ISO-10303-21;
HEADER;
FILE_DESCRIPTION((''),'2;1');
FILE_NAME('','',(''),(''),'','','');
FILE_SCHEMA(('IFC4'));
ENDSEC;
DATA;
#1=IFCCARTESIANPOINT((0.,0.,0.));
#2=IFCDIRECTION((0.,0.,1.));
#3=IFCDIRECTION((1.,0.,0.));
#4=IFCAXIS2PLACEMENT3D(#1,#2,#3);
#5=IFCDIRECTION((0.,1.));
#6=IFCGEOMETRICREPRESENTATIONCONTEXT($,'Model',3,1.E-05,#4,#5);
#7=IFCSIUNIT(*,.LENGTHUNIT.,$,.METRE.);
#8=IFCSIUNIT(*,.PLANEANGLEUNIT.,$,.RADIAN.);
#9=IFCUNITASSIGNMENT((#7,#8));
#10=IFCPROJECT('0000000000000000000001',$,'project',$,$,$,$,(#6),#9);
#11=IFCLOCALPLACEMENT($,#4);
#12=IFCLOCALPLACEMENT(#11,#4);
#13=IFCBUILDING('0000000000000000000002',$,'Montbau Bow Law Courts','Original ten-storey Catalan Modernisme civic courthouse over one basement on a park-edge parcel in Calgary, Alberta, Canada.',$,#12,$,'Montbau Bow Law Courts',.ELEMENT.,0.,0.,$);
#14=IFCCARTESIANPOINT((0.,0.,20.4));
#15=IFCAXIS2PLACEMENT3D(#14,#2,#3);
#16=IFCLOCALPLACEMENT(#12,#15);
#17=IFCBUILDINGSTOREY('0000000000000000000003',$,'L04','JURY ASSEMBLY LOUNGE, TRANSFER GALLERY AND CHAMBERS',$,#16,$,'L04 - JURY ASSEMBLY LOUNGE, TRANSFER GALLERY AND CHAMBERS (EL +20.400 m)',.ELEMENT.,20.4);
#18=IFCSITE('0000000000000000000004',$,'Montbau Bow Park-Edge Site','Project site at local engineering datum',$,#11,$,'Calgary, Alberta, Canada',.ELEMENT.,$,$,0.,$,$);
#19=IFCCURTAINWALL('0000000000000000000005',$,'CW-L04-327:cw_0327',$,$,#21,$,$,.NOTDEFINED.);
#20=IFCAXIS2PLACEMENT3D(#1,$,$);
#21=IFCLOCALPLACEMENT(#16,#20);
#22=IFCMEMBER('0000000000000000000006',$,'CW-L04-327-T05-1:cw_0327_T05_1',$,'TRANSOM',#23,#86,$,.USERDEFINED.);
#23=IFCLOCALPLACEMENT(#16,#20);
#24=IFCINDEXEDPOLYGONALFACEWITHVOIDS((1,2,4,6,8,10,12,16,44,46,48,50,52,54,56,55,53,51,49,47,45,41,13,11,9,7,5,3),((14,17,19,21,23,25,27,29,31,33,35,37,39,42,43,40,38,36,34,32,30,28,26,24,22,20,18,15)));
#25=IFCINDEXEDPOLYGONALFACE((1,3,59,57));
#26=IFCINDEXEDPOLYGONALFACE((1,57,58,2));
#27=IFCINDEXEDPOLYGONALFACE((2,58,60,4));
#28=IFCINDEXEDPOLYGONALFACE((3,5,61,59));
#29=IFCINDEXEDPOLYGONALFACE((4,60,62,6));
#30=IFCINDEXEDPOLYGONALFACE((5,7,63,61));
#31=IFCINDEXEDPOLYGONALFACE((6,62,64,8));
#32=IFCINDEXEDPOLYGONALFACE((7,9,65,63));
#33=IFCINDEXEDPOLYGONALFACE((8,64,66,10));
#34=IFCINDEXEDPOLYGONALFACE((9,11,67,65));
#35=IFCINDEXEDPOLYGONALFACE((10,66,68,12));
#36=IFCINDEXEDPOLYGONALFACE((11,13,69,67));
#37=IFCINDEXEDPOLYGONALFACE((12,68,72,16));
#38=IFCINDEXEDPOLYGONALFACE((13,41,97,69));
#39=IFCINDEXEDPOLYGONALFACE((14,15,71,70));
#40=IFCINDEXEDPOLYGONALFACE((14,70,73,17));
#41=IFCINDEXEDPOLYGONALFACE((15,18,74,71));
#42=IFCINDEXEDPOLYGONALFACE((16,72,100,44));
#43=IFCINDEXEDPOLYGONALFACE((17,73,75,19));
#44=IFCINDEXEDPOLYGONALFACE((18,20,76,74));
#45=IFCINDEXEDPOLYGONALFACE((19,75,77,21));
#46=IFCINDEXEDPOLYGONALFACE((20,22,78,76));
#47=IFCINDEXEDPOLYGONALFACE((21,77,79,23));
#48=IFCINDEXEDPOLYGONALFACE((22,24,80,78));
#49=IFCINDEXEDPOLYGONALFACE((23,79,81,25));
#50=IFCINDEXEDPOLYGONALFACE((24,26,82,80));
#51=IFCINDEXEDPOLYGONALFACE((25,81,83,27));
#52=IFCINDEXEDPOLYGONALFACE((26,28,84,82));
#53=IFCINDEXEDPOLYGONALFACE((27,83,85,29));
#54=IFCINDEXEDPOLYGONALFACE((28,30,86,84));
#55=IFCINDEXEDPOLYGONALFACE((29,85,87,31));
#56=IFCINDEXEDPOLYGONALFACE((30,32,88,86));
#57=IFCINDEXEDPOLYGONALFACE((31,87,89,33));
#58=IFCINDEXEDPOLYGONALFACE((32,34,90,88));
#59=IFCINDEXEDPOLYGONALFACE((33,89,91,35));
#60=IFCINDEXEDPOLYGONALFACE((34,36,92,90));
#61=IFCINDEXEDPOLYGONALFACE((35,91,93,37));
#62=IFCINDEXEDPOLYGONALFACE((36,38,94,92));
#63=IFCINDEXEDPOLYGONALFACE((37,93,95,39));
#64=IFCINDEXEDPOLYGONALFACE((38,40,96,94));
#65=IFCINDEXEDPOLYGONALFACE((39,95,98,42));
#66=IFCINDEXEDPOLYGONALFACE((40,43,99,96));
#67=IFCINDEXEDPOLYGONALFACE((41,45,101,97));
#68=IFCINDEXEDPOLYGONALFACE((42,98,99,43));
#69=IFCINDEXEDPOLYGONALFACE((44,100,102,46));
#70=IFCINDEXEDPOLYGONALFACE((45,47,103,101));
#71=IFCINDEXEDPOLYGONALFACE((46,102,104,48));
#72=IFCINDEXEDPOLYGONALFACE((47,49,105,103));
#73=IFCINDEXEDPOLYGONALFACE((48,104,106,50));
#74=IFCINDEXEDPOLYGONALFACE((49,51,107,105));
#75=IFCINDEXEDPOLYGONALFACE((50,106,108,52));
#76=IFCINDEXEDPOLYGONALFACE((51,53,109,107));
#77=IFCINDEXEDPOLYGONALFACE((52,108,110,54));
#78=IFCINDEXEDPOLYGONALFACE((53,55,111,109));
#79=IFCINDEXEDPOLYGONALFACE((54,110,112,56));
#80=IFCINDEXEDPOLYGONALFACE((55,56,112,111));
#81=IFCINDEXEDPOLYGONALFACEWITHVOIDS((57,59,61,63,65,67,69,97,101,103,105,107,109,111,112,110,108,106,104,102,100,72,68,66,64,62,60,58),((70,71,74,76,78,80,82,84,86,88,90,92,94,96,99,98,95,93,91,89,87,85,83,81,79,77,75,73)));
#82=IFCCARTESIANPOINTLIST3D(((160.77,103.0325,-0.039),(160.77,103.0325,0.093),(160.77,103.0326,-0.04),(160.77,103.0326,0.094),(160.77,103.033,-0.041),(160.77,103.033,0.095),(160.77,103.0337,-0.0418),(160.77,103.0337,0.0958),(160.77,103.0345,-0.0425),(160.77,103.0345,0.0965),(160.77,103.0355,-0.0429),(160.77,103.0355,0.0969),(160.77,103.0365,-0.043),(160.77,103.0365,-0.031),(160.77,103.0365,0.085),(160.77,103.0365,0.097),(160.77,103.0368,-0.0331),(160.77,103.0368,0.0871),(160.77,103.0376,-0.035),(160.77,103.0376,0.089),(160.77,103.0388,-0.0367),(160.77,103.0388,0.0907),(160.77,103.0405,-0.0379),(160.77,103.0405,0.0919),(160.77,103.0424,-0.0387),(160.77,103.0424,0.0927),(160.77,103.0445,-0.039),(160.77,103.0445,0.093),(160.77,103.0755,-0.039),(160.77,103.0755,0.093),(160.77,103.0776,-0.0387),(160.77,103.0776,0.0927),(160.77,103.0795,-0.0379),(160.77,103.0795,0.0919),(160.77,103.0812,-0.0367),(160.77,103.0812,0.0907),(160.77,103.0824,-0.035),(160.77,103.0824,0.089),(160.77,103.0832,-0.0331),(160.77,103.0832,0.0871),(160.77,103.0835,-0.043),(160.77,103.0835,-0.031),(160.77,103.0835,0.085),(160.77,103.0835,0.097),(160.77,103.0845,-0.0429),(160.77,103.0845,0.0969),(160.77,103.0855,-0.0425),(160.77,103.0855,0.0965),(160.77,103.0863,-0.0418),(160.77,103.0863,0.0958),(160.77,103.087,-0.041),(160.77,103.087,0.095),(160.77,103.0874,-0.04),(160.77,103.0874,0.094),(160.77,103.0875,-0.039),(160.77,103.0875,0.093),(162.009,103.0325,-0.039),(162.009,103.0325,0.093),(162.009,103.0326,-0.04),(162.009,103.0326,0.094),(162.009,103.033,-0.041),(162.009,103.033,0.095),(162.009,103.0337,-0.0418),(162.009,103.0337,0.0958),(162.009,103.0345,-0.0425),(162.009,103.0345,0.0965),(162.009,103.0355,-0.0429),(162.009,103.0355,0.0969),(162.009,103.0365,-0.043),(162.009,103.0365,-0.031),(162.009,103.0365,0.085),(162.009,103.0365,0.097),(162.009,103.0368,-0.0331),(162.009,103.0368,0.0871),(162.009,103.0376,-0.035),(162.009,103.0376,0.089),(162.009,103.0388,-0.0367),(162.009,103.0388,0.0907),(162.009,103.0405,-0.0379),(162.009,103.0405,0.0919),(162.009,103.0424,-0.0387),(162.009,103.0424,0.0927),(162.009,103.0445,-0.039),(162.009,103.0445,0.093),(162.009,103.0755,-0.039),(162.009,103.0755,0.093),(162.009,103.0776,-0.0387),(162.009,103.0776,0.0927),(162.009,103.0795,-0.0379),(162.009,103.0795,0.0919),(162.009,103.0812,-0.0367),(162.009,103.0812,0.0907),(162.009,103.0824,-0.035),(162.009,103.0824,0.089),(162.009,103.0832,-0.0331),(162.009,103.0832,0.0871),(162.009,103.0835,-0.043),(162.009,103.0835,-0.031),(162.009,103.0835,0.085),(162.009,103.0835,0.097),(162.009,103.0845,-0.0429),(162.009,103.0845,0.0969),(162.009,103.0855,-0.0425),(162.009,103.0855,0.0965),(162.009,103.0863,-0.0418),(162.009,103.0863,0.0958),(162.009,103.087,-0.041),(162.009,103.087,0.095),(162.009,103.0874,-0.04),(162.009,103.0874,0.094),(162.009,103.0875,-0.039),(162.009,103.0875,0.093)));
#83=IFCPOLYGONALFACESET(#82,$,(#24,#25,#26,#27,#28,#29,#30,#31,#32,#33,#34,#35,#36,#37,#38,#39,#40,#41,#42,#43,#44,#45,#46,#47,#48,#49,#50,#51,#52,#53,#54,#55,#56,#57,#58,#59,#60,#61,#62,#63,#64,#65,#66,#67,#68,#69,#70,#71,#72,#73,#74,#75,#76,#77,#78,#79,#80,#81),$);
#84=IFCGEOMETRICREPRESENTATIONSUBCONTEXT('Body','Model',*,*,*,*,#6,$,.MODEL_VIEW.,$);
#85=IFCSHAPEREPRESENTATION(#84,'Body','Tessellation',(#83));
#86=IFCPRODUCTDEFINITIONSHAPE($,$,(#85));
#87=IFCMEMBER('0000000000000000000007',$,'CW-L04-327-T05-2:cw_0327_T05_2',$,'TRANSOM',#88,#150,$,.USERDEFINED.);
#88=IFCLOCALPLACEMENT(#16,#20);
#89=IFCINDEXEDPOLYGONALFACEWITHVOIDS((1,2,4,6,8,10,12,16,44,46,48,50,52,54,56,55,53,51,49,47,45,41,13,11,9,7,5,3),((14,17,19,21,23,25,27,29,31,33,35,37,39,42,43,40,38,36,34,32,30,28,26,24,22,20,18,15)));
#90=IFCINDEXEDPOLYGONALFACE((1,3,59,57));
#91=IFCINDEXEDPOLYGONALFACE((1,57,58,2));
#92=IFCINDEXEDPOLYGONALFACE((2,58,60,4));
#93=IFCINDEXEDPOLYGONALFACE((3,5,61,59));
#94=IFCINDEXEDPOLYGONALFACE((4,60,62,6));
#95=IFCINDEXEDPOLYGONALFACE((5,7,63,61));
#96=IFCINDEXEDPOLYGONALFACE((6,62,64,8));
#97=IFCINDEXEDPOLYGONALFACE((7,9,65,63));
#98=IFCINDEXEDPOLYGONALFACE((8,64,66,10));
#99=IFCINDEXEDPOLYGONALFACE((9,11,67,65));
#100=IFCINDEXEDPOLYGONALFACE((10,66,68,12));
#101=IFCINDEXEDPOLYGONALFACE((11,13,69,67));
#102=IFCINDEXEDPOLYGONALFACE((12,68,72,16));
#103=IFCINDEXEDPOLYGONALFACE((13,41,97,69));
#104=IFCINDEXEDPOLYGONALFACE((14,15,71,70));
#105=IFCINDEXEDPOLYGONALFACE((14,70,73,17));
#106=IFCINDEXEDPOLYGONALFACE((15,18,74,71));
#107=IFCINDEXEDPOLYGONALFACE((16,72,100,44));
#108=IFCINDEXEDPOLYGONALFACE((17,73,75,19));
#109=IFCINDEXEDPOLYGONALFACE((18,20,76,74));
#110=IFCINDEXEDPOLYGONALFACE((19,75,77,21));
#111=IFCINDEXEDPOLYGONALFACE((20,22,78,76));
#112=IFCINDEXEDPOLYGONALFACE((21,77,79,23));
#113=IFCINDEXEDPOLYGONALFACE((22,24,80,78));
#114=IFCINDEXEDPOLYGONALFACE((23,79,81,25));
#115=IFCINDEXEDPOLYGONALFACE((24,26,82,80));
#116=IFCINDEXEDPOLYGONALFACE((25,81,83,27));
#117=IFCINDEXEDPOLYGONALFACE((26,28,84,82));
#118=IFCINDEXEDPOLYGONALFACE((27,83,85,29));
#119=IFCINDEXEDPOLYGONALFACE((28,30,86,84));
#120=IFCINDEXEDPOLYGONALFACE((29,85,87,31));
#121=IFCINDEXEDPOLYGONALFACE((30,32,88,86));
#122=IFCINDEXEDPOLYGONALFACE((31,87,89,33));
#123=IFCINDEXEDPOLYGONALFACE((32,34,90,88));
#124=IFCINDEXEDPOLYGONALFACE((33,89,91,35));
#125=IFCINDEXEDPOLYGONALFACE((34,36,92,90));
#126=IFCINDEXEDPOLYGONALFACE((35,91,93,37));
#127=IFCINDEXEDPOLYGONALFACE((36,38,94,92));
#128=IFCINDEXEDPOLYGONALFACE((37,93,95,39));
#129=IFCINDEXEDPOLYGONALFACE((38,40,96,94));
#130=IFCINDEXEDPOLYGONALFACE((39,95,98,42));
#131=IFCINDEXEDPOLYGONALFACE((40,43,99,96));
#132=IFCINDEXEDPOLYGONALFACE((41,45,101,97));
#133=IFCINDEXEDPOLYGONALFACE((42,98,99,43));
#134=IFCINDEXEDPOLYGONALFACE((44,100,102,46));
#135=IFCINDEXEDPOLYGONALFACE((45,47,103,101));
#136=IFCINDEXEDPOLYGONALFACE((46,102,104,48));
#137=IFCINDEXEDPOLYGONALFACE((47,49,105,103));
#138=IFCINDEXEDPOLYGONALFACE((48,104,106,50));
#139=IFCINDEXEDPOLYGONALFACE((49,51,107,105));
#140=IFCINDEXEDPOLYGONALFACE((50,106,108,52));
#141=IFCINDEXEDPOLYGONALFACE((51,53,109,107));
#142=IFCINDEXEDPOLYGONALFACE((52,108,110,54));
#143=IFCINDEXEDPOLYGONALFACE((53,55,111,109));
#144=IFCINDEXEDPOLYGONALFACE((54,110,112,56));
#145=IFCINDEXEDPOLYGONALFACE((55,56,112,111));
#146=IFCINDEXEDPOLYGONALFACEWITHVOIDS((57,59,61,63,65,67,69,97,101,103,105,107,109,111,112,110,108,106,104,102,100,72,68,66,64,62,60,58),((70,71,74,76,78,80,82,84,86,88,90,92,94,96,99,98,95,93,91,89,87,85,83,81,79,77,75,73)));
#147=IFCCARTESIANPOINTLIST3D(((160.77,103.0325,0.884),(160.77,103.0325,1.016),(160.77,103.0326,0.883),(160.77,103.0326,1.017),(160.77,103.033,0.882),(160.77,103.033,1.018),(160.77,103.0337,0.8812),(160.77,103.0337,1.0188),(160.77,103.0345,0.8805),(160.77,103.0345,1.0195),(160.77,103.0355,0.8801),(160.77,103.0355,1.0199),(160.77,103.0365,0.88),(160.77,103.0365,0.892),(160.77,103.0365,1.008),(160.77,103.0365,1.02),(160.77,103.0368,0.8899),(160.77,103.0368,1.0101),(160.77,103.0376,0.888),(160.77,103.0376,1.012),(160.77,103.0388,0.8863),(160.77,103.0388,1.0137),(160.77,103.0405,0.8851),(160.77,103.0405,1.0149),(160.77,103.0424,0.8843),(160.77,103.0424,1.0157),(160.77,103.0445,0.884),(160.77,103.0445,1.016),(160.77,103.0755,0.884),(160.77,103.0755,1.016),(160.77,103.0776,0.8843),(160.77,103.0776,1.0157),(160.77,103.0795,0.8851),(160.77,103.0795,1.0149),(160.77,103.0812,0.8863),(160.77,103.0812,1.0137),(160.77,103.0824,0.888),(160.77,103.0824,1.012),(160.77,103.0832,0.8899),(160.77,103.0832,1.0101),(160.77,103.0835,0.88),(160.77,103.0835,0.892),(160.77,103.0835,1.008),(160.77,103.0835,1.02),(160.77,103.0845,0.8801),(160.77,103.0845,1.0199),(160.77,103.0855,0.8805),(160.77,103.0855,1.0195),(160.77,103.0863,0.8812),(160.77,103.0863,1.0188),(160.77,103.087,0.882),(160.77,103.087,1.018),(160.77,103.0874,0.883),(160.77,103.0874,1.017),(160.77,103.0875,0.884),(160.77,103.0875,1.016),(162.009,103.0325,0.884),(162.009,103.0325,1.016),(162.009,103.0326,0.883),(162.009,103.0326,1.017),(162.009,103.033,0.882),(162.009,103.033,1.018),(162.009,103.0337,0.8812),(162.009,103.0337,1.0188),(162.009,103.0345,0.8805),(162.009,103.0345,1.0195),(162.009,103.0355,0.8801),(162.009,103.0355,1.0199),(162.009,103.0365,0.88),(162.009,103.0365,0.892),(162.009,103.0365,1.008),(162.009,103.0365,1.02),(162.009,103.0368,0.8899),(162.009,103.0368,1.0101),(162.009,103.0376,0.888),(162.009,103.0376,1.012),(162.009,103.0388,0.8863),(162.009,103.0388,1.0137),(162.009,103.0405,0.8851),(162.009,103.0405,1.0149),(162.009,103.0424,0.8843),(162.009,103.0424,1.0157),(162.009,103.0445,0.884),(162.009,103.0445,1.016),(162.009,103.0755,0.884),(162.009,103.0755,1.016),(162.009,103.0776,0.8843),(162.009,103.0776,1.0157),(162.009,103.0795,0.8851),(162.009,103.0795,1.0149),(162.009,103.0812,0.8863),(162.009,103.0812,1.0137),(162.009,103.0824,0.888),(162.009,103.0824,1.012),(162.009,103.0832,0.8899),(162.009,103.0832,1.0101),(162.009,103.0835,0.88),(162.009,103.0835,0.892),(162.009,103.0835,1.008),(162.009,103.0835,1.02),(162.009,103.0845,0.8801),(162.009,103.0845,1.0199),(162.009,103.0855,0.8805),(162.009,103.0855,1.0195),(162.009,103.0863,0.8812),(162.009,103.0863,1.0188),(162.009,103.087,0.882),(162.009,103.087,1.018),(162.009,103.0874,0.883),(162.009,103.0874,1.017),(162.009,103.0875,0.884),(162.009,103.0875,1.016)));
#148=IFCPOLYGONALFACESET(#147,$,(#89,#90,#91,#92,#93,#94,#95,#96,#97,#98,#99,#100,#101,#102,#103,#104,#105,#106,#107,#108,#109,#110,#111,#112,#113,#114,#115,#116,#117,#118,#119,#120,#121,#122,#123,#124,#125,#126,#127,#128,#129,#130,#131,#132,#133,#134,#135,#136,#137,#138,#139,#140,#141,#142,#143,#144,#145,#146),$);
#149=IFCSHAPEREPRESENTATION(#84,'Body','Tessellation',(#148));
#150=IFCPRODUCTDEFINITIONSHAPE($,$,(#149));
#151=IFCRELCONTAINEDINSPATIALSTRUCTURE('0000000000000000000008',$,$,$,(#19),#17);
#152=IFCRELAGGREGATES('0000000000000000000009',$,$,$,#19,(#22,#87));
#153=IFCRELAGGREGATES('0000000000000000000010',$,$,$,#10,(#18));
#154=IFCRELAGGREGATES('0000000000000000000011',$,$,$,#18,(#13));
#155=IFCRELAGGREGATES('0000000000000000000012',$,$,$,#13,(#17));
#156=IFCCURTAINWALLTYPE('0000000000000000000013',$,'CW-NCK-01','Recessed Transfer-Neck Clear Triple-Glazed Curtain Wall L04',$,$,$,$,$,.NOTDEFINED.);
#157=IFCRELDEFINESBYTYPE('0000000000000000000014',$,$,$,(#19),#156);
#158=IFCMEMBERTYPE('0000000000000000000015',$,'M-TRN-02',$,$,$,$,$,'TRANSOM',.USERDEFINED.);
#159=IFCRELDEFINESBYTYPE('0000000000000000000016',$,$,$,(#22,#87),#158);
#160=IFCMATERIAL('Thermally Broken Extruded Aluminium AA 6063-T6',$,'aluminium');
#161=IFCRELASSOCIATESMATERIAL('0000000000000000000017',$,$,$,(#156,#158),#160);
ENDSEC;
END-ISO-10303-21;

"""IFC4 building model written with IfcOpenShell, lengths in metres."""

from ifc_helpers import new_model, si_unit, direction, frame, origin_with_axes, origin_2d_with_axis, place, context, subcontext, project, spatial, hollow_rectangle, extrude, material, material_profile, profile_set, type_object, element, aggregate, save


model = new_model("IFC4")

# Units and contexts
model_context = context("Model", 3, precision=1e-05, world=origin_with_axes(), true_north=direction((0.0, 1.0)))
body_context = subcontext(model_context, "Body", "Model", "MODEL_VIEW")
ifc_project = project(units=[si_unit("LENGTHUNIT", "METRE"), si_unit("PLANEANGLEUNIT", "RADIAN")], contexts=[model_context])

# Site, building, storey
site_placement = place(None, origin_with_axes())
site = spatial("IfcSite", under=ifc_project, at=site_placement, Name="Montbau Bow Park-Edge Site", Description="Project site at local engineering datum", LongName="Calgary, Alberta, Canada", CompositionType="ELEMENT", RefElevation=0.0)
building_placement = place(site_placement, origin_with_axes())
building = spatial("IfcBuilding", under=site, at=building_placement, Name="Montbau Bow Law Courts", Description="Original ten-storey Catalan Modernisme civic courthouse over one basement on a park-edge parcel in Calgary, Alberta, Canada.", LongName="Montbau Bow Law Courts", CompositionType="ELEMENT", ElevationOfRefHeight=0.0, ElevationOfTerrain=0.0)
storey_placement = place(building_placement, frame((0.0, 0.0, 20.4), z_axis=(0.0, 0.0, 1.0), x_axis=(1.0, 0.0, 0.0)))
storey = spatial("IfcBuildingStorey", under=building, at=storey_placement, Name="L04", Description="JURY ASSEMBLY LOUNGE, TRANSFER GALLERY AND CHAMBERS", LongName="L04 - JURY ASSEMBLY LOUNGE, TRANSFER GALLERY AND CHAMBERS (EL +20.400 m)", CompositionType="ELEMENT", Elevation=20.4)

# Curtain wall
ifc_material_1 = material(Name="Thermally Broken Extruded Aluminium AA 6063-T6", Category="aluminium")
curtain_wall_type = type_object("IfcCurtainWallType", Name="CW-NCK-01", Description="Recessed Transfer-Neck Clear Triple-Glazed Curtain Wall L04", PredefinedType="NOTDEFINED", material=ifc_material_1)
curtain_wall_1_placement = place(None, frame((155.315, 103.06, 20.4), z_axis=(0.0, 0.0, 1.0), x_axis=(1.0, 0.0, 0.0)))
curtain_wall_1 = element("IfcCurtainWall", 1, at=curtain_wall_1_placement, inside=storey, type_object=curtain_wall_type, Name="CW-L04-327:cw_0327", PredefinedType="NOTDEFINED")

# Members
ifc_material_profile_1 = material_profile(ifc_material_1, hollow_rectangle(XDim=0.055, YDim=0.14, WallThickness=0.004, InnerFilletRadius=0.008, OuterFilletRadius=0.004, at=origin_2d_with_axis()), Name="CWT-140X55", Category="Main", Priority=0)
ifc_profile_set_1 = profile_set([ifc_material_profile_1], Name="Thermally Broken Extruded Aluminium AA 6063-T6")
member_type_1 = type_object("IfcMemberType", Name="M-TRN-02", ElementType="TRANSOM", PredefinedType="USERDEFINED", material=ifc_profile_set_1)
member_1_placement = place(None, frame((160.77, 103.06, 20.427), z_axis=(1.0, 0.0, 0.0), x_axis=(0.0, 1.0, 0.0)))
member_1 = element("IfcMember", 2, at=member_1_placement, type_object=member_type_1, Name="CW-L04-327-T05-1:cw_0327_T05_1", ObjectType="TRANSOM", PredefinedType="USERDEFINED", context=body_context, shape_type="SweptSolid", body=[
    extrude(hollow_rectangle(XDim=0.055, YDim=0.14, WallThickness=0.004, InnerFilletRadius=0.008, OuterFilletRadius=0.004, at=origin_2d_with_axis()), origin_with_axes(), (0.0, 0.0, 1.0), 1.239),
])
member_2_placement = place(None, frame((160.77, 103.06, 21.35), z_axis=(1.0, 0.0, 0.0), x_axis=(0.0, 1.0, 0.0)))
member_2 = element("IfcMember", 3, at=member_2_placement, type_object=member_type_1, Name="CW-L04-327-T05-2:cw_0327_T05_2", ObjectType="TRANSOM", PredefinedType="USERDEFINED", context=body_context, shape_type="SweptSolid", body=[
    extrude(hollow_rectangle(XDim=0.055, YDim=0.14, WallThickness=0.004, InnerFilletRadius=0.008, OuterFilletRadius=0.004, at=origin_2d_with_axis()), origin_with_axes(), (0.0, 0.0, 1.0), 1.239),
])

aggregate(curtain_wall_1, [member_1, member_2])

save(model, "model.ifc")
